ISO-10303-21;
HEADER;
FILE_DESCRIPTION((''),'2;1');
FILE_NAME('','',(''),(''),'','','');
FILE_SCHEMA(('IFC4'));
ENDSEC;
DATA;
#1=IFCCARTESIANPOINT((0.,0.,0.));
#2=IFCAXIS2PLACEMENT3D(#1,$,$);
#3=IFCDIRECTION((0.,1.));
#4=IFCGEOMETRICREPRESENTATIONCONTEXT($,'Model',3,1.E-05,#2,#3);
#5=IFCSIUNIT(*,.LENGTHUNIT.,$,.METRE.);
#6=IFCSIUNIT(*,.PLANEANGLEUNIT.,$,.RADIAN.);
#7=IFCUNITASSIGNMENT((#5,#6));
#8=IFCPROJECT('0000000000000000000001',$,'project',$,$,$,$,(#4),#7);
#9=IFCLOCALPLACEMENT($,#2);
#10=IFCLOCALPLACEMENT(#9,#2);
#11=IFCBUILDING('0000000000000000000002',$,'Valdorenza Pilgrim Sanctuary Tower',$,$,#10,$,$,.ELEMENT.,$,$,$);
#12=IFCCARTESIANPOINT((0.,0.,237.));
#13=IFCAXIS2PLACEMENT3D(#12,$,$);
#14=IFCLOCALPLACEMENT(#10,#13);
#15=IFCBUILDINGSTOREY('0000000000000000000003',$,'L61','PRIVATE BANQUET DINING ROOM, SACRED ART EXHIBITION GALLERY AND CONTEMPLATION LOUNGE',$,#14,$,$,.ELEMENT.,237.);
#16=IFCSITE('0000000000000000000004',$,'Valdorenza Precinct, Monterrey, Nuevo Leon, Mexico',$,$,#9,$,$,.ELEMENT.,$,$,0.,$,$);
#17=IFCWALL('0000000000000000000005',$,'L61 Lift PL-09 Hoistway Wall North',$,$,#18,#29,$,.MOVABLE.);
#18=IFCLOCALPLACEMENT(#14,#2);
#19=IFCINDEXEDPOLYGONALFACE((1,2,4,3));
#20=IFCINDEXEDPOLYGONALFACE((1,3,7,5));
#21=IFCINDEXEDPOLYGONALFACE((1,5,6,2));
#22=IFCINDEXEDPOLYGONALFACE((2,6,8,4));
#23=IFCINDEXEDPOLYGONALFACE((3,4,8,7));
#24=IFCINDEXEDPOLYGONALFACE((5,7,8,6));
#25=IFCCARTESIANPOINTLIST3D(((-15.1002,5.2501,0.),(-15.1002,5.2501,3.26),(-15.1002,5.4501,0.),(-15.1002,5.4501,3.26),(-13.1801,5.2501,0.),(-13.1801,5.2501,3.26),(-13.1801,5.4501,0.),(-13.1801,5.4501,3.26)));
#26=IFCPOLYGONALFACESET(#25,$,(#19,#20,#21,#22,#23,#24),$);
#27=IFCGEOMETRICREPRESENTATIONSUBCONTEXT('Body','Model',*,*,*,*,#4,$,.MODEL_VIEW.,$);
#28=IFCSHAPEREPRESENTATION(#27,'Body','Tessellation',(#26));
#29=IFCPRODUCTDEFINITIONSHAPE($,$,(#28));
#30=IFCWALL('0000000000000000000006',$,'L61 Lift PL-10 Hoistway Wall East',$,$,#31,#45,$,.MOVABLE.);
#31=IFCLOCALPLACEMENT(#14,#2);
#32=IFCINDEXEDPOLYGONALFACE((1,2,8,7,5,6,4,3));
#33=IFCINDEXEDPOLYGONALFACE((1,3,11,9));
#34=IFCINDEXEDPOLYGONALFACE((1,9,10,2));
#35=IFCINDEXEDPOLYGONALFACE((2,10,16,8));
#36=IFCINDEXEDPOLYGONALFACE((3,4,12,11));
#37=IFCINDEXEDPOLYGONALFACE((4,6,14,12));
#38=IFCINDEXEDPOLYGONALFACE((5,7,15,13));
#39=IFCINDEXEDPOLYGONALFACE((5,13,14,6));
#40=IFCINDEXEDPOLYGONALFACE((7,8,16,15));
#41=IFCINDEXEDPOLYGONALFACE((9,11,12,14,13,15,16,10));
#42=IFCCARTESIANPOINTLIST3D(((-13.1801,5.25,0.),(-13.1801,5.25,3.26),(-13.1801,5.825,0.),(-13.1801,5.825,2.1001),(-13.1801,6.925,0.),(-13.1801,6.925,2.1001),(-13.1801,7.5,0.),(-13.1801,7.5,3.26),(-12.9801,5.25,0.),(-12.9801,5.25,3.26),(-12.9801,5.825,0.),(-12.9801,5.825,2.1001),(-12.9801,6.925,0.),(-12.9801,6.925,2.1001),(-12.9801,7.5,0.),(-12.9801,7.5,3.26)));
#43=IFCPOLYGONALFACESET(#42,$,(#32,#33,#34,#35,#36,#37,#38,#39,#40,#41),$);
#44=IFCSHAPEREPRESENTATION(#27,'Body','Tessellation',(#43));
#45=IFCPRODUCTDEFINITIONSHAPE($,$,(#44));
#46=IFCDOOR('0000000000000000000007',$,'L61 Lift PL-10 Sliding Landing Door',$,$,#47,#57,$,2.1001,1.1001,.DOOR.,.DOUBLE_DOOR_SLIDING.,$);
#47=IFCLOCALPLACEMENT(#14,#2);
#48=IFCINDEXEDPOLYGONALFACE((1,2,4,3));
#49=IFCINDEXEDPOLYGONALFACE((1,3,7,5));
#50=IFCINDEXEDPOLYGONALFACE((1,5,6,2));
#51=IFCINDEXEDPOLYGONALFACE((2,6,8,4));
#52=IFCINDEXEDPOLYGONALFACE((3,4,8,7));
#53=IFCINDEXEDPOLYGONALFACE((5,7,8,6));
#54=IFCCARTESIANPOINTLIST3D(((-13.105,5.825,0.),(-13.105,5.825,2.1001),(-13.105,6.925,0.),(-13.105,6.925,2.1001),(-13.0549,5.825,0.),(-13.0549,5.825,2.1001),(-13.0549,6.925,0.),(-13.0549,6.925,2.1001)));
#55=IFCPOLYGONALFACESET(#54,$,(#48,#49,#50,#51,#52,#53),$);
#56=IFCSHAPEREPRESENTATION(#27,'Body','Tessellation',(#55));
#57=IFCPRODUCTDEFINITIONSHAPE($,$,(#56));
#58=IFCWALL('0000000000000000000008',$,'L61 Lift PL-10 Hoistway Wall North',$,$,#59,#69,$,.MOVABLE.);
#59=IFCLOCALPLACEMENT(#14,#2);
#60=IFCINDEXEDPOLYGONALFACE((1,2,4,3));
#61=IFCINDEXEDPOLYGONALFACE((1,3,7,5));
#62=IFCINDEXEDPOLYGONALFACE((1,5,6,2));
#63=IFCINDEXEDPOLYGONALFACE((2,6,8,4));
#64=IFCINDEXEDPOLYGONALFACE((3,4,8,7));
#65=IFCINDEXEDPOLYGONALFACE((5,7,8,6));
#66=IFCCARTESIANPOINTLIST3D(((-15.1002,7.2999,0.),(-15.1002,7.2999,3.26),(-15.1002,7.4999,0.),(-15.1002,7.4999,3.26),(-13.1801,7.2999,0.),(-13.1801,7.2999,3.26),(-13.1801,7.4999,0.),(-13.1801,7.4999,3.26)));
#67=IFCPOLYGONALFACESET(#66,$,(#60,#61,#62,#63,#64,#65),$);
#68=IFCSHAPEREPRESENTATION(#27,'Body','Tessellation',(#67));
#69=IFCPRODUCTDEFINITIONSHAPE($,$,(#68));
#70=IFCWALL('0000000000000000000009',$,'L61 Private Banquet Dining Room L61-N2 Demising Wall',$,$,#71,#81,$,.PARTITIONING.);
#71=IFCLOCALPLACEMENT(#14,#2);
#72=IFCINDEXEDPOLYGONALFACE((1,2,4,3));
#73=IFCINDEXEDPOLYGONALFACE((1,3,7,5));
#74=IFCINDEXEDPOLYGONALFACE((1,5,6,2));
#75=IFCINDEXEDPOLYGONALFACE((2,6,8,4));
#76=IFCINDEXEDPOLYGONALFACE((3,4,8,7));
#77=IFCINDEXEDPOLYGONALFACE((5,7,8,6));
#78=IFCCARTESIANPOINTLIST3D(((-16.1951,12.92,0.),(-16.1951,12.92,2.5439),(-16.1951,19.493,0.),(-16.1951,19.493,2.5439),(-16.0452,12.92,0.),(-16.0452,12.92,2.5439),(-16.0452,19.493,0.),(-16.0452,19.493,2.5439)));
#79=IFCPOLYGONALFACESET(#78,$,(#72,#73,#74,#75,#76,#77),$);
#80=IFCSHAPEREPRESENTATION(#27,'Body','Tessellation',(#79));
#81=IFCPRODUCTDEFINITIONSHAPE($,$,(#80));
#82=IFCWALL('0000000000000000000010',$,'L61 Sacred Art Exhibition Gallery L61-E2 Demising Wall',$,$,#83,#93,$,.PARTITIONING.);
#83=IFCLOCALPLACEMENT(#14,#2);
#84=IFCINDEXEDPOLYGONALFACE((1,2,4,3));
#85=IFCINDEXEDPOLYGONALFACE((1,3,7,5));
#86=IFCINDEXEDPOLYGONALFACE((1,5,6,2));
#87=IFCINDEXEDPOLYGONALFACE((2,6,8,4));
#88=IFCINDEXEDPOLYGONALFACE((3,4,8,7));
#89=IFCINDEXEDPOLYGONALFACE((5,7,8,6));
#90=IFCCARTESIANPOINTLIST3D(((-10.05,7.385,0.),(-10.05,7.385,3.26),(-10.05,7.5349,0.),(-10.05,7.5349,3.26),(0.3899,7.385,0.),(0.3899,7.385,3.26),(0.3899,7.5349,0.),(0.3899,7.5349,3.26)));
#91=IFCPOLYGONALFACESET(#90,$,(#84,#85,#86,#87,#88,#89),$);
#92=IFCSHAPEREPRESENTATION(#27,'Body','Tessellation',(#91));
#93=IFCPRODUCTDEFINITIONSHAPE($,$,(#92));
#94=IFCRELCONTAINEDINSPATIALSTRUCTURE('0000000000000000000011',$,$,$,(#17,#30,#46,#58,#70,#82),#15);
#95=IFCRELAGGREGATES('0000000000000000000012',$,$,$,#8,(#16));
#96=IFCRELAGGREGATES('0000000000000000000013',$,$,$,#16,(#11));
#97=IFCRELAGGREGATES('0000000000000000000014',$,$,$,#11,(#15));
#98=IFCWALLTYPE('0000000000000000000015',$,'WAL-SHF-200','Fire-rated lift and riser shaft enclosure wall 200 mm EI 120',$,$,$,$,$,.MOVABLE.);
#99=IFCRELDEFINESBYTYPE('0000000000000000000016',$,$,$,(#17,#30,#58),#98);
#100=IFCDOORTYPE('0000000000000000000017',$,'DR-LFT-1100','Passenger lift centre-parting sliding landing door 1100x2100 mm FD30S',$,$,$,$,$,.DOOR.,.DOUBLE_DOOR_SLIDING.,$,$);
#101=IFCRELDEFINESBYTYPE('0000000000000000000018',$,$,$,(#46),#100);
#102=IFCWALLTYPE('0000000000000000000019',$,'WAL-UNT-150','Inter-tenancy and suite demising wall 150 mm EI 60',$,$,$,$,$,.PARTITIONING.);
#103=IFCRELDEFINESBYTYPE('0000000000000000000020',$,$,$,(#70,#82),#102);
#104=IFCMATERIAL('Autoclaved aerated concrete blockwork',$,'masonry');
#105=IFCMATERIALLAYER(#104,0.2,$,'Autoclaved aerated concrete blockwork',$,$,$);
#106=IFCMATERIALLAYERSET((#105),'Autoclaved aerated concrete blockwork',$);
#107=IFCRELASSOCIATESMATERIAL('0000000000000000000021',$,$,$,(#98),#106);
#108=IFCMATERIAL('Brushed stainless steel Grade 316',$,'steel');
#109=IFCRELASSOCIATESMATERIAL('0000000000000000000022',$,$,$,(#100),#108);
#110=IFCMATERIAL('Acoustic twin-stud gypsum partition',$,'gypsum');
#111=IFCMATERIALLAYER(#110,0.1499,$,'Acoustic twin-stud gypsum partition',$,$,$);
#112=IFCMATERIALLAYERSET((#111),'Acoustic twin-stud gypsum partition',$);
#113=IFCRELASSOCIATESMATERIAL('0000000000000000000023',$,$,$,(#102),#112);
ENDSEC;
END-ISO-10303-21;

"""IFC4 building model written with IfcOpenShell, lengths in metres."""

from ifc_helpers import new_model, si_unit, direction, frame, frame_2d, origin, place, context, subcontext, project, spatial, rectangle, extrude, material, layer, layer_set, type_object, element, fill, save


model = new_model("IFC4")

# Units and contexts
model_context = context("Model", 3, precision=1e-05, world=origin(), true_north=direction((0.0, 1.0)))
body_context = subcontext(model_context, "Body", "Model", "MODEL_VIEW")
ifc_project = project(units=[si_unit("LENGTHUNIT", "METRE"), si_unit("PLANEANGLEUNIT", "RADIAN")], contexts=[model_context])

# Site, building, storey
site_placement = place(None, origin())
site = spatial("IfcSite", under=ifc_project, at=site_placement, Name="Valdorenza Precinct, Monterrey, Nuevo Leon, Mexico", CompositionType="ELEMENT", RefElevation=0.0)
building_placement = place(site_placement, origin())
building = spatial("IfcBuilding", under=site, at=building_placement, Name="Valdorenza Pilgrim Sanctuary Tower", CompositionType="ELEMENT")
storey_placement = place(building_placement, frame((0.0, 0.0, 237.0)))
storey = spatial("IfcBuildingStorey", under=building, at=storey_placement, Name="L61", Description="PRIVATE BANQUET DINING ROOM, SACRED ART EXHIBITION GALLERY AND CONTEMPLATION LOUNGE", CompositionType="ELEMENT", Elevation=237.0)

# Shared definitions
ifc_material_1 = material(Name="Acoustic twin-stud gypsum partition", Category="gypsum")

# Shared definitions
ifc_material_2 = material(Name="Autoclaved aerated concrete blockwork", Category="masonry")
ifc_layer_1 = layer(ifc_material_2, 0.2, Name="Autoclaved aerated concrete blockwork")
ifc_layer_set_1 = layer_set([ifc_layer_1], Name="Autoclaved aerated concrete blockwork")
wall_type_1 = type_object("IfcWallType", Name="WAL-SHF-200", Description="Fire-rated lift and riser shaft enclosure wall 200 mm EI 120", PredefinedType="MOVABLE", material=ifc_layer_set_1)
ifc_material_3 = material(Name="Brushed stainless steel Grade 316", Category="steel")

# Wall
wall_1_placement = place(storey_placement, frame((-15.1001, 5.3501, 0.0), z_axis=(0.0, 0.0, 1.0), x_axis=(1.0, 0.0, 0.0)))
element("IfcWall", 1, at=wall_1_placement, inside=storey, type_object=wall_type_1, Name="L61 Lift PL-09 Hoistway Wall North", PredefinedType="MOVABLE", context=body_context, shape_type="SweptSolid", body=[
    extrude(rectangle(XDim=1.9202, YDim=0.2, at=frame_2d((0.96, 0.0))), origin(), (0.0, 0.0, 1.0), 3.26),
])

# Wall, opening, door
wall_2_placement = place(storey_placement, frame((-13.0801, 5.25, 0.0), z_axis=(0.0, 0.0, 1.0), x_axis=(0.0, 1.0, 0.0)))
wall_2 = element("IfcWall", 2, at=wall_2_placement, inside=storey, type_object=wall_type_1, Name="L61 Lift PL-10 Hoistway Wall East", PredefinedType="MOVABLE", context=body_context, shape_type="SweptSolid", body=[
    extrude(rectangle(XDim=2.25, YDim=0.2, at=frame_2d((1.125, 0.0))), origin(), (0.0, 0.0, 1.0), 3.26),
])
opening_1_placement = place(wall_2_placement, frame((0.575, 0.0, 0.0)))
opening_1 = element("IfcOpeningElement", 3, at=opening_1_placement, cuts=wall_2, PredefinedType="OPENING", context=body_context, shape_type="SweptSolid", body=[
    extrude(rectangle(XDim=1.1001, YDim=2.1001, at=frame_2d((0.55, 1.05))), frame((0.0, 0.1147, 0.0), z_axis=(0.0, -1.0, 0.0), x_axis=(1.0, 0.0, 0.0)), (0.0, 0.0, 1.0), 0.2297),
])
door_type_1 = type_object("IfcDoorType", Name="DR-LFT-1100", Description="Passenger lift centre-parting sliding landing door 1100x2100 mm FD30S", OperationType="DOUBLE_DOOR_SLIDING", PredefinedType="DOOR", material=ifc_material_3)
door_1_placement = place(opening_1_placement, origin())
door_1 = element("IfcDoor", 4, at=door_1_placement, inside=storey, type_object=door_type_1, Name="L61 Lift PL-10 Sliding Landing Door", OperationType="DOUBLE_DOOR_SLIDING", OverallHeight=2.1001, OverallWidth=1.1001, PredefinedType="DOOR", context=body_context, shape_type="SweptSolid", body=[
    extrude(rectangle(XDim=1.1001, YDim=2.1001, at=frame_2d((0.55, 1.05))), frame((0.0, 0.0249, 0.0), z_axis=(0.0, -1.0, 0.0), x_axis=(1.0, 0.0, 0.0)), (0.0, 0.0, 1.0), 0.05),
])
fill(opening_1, door_1)

# Walls
wall_3_placement = place(storey_placement, frame((-15.1001, 7.3999, 0.0), z_axis=(0.0, 0.0, 1.0), x_axis=(1.0, 0.0, 0.0)))
element("IfcWall", 5, at=wall_3_placement, inside=storey, type_object=wall_type_1, Name="L61 Lift PL-10 Hoistway Wall North", PredefinedType="MOVABLE", context=body_context, shape_type="SweptSolid", body=[
    extrude(rectangle(XDim=1.9202, YDim=0.2, at=frame_2d((0.96, 0.0))), origin(), (0.0, 0.0, 1.0), 3.26),
])
ifc_layer_2 = layer(ifc_material_1, 0.1499, Name="Acoustic twin-stud gypsum partition")
ifc_layer_set_2 = layer_set([ifc_layer_2], Name="Acoustic twin-stud gypsum partition")
wall_type_2 = type_object("IfcWallType", Name="WAL-UNT-150", Description="Inter-tenancy and suite demising wall 150 mm EI 60", PredefinedType="PARTITIONING", material=ifc_layer_set_2)
wall_4_placement = place(storey_placement, frame((-16.1201, 12.9199, 0.0), z_axis=(0.0, 0.0, 1.0), x_axis=(0.0, 1.0, 0.0)))
element("IfcWall", 6, at=wall_4_placement, inside=storey, type_object=wall_type_2, Name="L61 Private Banquet Dining Room L61-N2 Demising Wall", PredefinedType="PARTITIONING", context=body_context, shape_type="SweptSolid", body=[
    extrude(rectangle(XDim=6.573, YDim=0.1499, at=frame_2d((3.2866, 0.0))), origin(), (0.0, 0.0, 1.0), 2.5439),
])
wall_5_placement = place(storey_placement, frame((-10.05, 7.46, 0.0), z_axis=(0.0, 0.0, 1.0), x_axis=(1.0, 0.0, 0.0)))
element("IfcWall", 7, at=wall_5_placement, inside=storey, type_object=wall_type_2, Name="L61 Sacred Art Exhibition Gallery L61-E2 Demising Wall", PredefinedType="PARTITIONING", context=body_context, shape_type="SweptSolid", body=[
    extrude(rectangle(XDim=10.4399, YDim=0.1499, at=frame_2d((5.22, 0.0))), origin(), (0.0, 0.0, 1.0), 3.26),
])

save(model, "model.ifc")
